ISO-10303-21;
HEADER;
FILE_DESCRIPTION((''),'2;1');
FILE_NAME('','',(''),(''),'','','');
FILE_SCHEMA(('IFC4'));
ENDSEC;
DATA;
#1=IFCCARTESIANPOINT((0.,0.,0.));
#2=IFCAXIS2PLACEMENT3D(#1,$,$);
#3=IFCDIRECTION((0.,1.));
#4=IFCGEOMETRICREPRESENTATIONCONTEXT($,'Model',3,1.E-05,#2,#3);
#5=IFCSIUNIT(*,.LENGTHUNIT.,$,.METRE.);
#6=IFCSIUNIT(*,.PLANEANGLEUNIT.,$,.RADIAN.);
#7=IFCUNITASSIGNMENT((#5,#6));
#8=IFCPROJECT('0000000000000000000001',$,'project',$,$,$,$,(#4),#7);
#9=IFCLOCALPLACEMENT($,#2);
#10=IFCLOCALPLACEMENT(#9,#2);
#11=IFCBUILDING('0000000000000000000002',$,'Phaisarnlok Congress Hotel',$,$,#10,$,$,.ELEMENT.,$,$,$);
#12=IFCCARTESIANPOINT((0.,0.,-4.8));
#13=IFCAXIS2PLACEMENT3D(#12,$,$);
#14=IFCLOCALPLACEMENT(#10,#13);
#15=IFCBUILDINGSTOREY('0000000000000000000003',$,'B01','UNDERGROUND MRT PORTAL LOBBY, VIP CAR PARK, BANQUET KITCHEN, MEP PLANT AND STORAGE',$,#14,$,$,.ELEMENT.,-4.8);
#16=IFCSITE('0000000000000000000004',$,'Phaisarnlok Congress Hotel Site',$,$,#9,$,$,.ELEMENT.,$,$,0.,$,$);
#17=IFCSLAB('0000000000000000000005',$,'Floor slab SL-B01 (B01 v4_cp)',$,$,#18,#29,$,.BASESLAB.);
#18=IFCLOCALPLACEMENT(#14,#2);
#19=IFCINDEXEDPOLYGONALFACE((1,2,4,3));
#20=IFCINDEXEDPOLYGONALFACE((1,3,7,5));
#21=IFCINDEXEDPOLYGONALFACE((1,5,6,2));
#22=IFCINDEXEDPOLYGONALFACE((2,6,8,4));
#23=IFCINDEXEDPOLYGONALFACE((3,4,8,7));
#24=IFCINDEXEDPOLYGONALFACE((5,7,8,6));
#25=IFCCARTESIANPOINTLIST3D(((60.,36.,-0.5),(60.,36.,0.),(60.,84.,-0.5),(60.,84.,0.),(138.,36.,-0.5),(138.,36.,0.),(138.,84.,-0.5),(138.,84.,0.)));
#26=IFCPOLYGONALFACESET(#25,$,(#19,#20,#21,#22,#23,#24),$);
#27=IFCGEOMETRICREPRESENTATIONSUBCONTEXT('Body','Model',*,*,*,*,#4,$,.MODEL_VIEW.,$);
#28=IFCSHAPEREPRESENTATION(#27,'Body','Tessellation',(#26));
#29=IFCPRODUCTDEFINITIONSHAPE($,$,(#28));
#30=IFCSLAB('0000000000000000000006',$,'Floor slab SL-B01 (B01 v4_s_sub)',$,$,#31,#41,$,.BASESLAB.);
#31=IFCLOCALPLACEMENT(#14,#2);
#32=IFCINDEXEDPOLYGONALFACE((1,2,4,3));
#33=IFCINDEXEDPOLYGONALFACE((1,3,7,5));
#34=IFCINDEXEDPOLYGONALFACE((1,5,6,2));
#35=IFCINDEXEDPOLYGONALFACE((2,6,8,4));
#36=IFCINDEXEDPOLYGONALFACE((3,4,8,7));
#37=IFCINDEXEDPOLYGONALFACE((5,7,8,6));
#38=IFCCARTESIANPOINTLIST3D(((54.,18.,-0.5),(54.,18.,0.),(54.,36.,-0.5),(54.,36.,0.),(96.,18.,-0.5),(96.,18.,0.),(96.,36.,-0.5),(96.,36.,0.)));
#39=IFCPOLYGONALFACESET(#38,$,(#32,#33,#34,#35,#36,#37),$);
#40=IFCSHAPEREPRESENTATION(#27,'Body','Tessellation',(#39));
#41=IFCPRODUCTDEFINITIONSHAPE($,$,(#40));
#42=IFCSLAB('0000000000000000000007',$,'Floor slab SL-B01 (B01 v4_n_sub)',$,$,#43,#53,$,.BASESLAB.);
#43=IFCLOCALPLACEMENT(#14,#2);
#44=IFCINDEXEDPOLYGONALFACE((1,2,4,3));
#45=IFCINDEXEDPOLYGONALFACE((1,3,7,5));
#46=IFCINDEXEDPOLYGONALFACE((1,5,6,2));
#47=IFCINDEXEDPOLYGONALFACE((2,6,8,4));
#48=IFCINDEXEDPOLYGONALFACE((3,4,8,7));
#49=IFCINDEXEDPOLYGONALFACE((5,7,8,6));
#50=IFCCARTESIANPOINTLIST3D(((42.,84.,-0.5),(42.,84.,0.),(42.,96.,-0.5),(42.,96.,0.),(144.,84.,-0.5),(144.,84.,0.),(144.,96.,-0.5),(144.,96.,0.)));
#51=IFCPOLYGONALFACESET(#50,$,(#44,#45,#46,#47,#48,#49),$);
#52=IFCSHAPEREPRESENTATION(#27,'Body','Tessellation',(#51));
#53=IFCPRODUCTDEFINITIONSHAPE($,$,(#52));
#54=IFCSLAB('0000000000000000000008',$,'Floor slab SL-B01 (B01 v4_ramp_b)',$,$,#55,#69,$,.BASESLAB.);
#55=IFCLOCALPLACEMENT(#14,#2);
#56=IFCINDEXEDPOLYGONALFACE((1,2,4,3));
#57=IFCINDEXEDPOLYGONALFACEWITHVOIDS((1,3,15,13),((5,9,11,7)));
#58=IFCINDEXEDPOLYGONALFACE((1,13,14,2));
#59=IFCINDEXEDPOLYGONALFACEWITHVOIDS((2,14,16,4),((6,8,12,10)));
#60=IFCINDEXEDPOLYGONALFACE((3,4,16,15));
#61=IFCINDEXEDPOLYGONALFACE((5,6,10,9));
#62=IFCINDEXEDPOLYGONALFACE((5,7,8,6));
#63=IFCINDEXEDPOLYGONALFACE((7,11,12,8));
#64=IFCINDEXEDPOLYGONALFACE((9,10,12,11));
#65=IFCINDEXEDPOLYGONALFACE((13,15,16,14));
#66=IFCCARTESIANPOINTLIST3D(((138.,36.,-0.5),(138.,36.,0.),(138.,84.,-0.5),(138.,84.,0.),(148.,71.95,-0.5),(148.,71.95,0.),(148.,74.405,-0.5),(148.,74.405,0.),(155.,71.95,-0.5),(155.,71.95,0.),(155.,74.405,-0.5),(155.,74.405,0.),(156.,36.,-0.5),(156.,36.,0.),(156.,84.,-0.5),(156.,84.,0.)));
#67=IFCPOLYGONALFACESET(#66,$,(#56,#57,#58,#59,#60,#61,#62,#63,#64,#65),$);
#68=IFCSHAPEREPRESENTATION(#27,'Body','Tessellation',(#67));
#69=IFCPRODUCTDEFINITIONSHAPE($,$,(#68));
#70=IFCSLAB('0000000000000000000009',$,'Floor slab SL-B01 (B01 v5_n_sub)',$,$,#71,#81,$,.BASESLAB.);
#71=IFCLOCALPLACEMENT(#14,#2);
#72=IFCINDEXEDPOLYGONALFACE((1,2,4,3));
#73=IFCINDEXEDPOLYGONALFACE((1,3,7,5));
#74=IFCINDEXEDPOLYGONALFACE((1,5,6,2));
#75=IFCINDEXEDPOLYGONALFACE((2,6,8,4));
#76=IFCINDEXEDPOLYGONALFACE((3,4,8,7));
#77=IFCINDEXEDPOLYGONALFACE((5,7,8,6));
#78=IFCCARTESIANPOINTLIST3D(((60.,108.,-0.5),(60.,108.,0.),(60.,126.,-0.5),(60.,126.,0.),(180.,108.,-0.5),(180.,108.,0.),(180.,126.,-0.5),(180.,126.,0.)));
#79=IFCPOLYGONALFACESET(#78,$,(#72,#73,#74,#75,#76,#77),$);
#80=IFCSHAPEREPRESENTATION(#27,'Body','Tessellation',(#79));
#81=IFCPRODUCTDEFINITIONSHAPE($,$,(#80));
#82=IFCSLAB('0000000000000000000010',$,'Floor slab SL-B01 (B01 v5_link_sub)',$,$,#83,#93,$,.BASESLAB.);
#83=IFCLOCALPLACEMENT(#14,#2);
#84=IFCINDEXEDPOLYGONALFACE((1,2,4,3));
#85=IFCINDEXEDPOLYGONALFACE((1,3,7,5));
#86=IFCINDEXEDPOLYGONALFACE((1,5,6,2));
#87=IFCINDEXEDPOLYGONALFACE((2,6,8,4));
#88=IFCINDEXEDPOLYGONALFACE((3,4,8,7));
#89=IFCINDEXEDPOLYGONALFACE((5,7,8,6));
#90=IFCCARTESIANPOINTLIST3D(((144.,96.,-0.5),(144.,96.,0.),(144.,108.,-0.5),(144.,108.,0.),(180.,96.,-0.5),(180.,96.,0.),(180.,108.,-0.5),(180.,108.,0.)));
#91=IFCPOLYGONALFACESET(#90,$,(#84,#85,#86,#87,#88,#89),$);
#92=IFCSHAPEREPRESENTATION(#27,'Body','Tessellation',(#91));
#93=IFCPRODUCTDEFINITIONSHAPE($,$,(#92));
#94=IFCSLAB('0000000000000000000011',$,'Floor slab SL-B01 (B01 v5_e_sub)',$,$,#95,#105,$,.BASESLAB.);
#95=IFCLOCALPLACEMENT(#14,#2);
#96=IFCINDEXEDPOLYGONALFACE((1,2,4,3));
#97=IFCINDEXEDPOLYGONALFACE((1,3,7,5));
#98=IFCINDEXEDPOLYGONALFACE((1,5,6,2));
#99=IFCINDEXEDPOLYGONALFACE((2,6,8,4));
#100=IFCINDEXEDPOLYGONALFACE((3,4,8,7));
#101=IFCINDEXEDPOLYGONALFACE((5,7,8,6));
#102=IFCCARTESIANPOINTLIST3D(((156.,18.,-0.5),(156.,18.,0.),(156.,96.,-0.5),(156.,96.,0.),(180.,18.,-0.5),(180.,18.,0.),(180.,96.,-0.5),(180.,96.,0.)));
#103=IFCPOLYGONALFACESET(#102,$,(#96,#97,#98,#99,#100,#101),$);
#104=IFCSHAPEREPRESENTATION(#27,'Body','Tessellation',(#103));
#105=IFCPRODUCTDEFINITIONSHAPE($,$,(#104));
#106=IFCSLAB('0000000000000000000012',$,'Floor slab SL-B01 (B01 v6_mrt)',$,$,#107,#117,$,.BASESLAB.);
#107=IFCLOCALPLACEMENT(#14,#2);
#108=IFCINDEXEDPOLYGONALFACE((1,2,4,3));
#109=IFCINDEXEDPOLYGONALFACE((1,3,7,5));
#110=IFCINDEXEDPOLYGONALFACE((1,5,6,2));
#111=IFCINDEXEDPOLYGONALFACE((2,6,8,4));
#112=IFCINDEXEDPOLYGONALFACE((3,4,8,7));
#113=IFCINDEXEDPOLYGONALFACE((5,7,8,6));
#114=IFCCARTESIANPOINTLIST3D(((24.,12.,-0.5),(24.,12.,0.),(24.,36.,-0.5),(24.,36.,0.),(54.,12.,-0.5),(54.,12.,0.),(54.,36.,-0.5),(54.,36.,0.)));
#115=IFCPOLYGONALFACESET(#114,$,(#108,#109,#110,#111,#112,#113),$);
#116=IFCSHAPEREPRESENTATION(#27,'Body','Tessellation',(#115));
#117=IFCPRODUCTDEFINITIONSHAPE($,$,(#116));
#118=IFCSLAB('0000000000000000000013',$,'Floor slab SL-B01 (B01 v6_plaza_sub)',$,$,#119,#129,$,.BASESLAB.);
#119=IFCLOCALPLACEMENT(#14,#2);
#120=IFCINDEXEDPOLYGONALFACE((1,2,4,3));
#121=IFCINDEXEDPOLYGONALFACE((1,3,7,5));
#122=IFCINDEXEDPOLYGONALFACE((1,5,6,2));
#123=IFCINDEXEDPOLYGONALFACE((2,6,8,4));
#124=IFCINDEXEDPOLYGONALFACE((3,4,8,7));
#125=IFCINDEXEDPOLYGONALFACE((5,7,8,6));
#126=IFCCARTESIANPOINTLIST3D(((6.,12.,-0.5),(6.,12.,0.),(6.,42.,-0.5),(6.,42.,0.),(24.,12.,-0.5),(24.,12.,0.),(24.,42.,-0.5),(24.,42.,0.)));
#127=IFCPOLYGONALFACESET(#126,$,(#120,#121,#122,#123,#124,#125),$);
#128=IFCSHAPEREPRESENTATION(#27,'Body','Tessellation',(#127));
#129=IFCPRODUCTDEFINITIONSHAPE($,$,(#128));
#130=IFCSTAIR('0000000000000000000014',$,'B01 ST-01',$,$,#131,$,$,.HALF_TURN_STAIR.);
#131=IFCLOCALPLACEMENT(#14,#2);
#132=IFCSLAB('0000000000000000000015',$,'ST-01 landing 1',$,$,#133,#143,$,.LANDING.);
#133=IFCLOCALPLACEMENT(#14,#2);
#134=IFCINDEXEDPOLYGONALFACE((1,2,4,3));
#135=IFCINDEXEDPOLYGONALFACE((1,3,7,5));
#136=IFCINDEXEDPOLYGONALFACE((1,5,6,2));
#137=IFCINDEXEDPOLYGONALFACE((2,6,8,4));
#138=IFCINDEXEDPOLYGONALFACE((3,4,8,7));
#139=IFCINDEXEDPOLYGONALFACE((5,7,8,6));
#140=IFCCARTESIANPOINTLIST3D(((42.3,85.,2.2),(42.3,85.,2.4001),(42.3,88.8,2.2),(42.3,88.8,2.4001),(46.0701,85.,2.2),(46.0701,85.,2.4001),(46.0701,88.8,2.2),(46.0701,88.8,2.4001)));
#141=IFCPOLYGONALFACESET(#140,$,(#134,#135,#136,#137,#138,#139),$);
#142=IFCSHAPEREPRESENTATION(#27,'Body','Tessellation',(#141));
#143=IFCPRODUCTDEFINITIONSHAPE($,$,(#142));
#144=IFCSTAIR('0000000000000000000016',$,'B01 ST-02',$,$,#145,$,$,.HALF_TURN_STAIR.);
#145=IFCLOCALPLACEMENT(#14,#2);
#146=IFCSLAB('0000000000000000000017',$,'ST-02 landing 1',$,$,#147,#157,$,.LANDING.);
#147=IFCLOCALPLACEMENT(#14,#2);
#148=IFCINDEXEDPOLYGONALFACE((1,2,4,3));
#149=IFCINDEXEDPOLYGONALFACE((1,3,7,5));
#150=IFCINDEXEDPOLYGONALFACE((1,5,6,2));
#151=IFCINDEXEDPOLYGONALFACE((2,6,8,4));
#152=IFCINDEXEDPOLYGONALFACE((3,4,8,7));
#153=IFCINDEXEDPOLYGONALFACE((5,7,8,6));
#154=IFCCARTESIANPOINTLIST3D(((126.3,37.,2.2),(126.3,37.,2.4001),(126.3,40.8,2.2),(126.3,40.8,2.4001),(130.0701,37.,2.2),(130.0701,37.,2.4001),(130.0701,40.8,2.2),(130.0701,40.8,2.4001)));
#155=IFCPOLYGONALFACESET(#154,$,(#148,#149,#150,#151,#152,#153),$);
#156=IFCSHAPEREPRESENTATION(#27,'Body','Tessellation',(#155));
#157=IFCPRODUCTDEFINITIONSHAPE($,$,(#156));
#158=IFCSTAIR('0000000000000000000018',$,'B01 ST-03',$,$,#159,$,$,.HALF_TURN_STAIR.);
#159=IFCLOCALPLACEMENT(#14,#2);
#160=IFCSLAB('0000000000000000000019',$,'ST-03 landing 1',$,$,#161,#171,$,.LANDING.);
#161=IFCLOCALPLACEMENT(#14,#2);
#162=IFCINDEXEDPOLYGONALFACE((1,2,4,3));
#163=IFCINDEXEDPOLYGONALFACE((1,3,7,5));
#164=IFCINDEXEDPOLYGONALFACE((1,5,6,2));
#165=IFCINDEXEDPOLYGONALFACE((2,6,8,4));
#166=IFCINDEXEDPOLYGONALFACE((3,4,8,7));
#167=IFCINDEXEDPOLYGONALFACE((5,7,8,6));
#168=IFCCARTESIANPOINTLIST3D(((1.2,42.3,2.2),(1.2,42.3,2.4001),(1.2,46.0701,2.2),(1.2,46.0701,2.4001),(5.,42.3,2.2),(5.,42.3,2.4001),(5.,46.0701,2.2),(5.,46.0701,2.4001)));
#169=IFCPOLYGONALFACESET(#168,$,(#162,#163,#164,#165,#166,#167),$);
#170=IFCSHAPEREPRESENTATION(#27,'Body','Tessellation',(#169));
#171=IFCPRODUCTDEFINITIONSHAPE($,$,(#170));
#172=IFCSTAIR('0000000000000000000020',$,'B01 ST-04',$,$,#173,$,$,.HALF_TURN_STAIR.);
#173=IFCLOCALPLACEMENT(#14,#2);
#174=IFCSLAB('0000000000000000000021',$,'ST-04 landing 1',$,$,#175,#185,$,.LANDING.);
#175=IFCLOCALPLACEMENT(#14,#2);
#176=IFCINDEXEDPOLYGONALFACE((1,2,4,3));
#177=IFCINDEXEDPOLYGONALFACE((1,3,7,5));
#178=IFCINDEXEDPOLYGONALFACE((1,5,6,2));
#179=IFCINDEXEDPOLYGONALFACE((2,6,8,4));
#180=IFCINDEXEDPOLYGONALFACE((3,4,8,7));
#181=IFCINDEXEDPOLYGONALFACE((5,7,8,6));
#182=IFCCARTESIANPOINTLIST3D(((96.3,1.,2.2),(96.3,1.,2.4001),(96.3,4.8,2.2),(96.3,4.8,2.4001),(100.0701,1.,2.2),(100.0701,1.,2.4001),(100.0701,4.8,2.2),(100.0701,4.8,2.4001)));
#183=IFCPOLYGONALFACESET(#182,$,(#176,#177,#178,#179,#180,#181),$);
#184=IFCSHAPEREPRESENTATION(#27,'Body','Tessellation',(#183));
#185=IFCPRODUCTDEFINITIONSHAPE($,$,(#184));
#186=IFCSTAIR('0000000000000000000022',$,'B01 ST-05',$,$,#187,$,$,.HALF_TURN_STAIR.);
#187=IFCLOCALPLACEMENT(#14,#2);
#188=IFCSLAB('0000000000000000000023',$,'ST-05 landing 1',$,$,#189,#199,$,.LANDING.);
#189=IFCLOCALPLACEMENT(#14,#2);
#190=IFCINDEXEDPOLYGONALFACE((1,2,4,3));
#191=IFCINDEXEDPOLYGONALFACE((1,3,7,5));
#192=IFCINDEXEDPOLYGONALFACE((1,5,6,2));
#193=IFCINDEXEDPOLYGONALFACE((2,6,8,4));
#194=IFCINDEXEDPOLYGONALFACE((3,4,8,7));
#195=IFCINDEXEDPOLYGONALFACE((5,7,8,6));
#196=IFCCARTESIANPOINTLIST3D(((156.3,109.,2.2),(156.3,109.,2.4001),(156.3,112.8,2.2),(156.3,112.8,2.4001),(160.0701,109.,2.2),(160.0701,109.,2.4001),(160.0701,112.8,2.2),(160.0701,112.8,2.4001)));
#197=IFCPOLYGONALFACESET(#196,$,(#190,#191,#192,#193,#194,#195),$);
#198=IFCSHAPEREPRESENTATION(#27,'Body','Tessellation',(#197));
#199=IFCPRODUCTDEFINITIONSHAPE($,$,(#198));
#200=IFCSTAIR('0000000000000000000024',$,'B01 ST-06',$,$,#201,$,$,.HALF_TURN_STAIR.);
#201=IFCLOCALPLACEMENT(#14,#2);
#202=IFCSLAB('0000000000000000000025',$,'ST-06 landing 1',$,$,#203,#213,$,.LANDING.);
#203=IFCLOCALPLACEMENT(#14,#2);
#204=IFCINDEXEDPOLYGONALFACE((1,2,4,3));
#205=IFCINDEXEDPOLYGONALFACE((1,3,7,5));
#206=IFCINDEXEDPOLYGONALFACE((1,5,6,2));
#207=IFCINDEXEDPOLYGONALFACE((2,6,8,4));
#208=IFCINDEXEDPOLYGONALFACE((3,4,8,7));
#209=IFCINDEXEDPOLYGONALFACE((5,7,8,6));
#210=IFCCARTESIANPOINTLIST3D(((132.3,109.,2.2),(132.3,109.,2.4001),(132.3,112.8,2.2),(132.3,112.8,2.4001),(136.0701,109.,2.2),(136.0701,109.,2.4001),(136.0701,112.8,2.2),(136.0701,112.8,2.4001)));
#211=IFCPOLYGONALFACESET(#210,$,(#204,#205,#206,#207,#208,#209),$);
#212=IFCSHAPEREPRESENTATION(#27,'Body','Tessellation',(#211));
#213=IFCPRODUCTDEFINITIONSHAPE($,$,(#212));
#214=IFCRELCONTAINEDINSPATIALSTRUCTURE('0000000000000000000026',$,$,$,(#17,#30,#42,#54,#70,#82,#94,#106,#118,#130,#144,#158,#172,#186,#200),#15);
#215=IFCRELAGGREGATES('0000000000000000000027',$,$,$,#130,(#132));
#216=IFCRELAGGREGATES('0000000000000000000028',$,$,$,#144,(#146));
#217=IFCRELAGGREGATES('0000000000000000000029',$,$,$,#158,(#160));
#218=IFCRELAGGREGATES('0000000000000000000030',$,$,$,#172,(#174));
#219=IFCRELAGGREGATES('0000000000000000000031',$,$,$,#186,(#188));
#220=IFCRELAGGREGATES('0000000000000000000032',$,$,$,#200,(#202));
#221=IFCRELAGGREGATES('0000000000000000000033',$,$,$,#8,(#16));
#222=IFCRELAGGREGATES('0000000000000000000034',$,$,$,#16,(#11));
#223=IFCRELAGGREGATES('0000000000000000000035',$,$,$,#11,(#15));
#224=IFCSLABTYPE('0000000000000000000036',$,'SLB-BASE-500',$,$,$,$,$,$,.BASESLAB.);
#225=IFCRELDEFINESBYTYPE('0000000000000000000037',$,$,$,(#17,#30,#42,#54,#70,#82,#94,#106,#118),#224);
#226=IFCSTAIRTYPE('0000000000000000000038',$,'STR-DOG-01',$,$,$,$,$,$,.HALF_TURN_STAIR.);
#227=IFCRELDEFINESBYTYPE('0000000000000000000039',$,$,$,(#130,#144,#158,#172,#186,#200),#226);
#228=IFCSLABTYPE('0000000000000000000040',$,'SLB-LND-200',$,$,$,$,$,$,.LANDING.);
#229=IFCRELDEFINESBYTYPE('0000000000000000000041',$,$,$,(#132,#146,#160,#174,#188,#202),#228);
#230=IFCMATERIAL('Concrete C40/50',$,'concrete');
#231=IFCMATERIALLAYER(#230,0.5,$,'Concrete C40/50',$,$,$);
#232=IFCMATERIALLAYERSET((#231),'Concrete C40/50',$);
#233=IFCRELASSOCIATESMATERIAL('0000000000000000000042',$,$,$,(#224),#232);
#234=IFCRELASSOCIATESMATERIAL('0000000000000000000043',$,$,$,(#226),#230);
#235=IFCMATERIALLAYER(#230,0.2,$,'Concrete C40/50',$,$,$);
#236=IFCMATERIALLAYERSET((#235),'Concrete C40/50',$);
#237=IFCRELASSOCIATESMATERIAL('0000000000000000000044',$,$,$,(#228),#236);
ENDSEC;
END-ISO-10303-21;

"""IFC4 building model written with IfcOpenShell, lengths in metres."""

from ifc_helpers import new_model, si_unit, direction, frame, origin, place, context, subcontext, project, spatial, polyline, outline, extrude, material, layer, layer_set, type_object, element, aggregate, save


model = new_model("IFC4")

# Units and contexts
model_context = context("Model", 3, precision=1e-05, world=origin(), true_north=direction((0.0, 1.0)))
body_context = subcontext(model_context, "Body", "Model", "MODEL_VIEW")
ifc_project = project(units=[si_unit("LENGTHUNIT", "METRE"), si_unit("PLANEANGLEUNIT", "RADIAN")], contexts=[model_context])

# Site, building, storey
site_placement = place(None, origin())
site = spatial("IfcSite", under=ifc_project, at=site_placement, Name="Phaisarnlok Congress Hotel Site", CompositionType="ELEMENT", RefElevation=0.0)
building_placement = place(site_placement, origin())
building = spatial("IfcBuilding", under=site, at=building_placement, Name="Phaisarnlok Congress Hotel", CompositionType="ELEMENT")
storey_placement = place(building_placement, frame((0.0, 0.0, -4.8)))
storey = spatial("IfcBuildingStorey", under=building, at=storey_placement, Name="B01", Description="UNDERGROUND MRT PORTAL LOBBY, VIP CAR PARK, BANQUET KITCHEN, MEP PLANT AND STORAGE", CompositionType="ELEMENT", Elevation=-4.8)

# Shared definitions
ifc_material_1 = material(Name="Concrete C40/50", Category="concrete")

# Slabs
ifc_layer_1 = layer(ifc_material_1, 0.5, Name="Concrete C40/50")
ifc_layer_set_1 = layer_set([ifc_layer_1], Name="Concrete C40/50")
slab_type_1 = type_object("IfcSlabType", Name="SLB-BASE-500", PredefinedType="BASESLAB", material=ifc_layer_set_1)
slab_1_placement = place(storey_placement, frame((0.0, 0.0, -0.5)))
element("IfcSlab", 1, at=slab_1_placement, inside=storey, type_object=slab_type_1, Name="Floor slab SL-B01 (B01 v4_cp)", PredefinedType="BASESLAB", context=body_context, shape_type="SweptSolid", body=[
    extrude(outline(polyline([(138.0, 36.0), (138.0, 84.0), (60.0, 84.0), (60.0, 36.0), (138.0, 36.0)])), origin(), (0.0, 0.0, 1.0), 0.5),
])
slab_2_placement = place(storey_placement, frame((0.0, 0.0, -0.5)))
element("IfcSlab", 2, at=slab_2_placement, inside=storey, type_object=slab_type_1, Name="Floor slab SL-B01 (B01 v4_s_sub)", PredefinedType="BASESLAB", context=body_context, shape_type="SweptSolid", body=[
    extrude(outline(polyline([(96.0, 18.0), (96.0, 36.0), (54.0, 36.0), (54.0, 18.0), (96.0, 18.0)])), origin(), (0.0, 0.0, 1.0), 0.5),
])
slab_3_placement = place(storey_placement, frame((0.0, 0.0, -0.5)))
element("IfcSlab", 3, at=slab_3_placement, inside=storey, type_object=slab_type_1, Name="Floor slab SL-B01 (B01 v4_n_sub)", PredefinedType="BASESLAB", context=body_context, shape_type="SweptSolid", body=[
    extrude(outline(polyline([(144.0, 84.0), (144.0, 96.0), (42.0, 96.0), (42.0, 84.0), (144.0, 84.0)])), origin(), (0.0, 0.0, 1.0), 0.5),
])
slab_4_placement = place(storey_placement, frame((0.0, 0.0, -0.5)))
element("IfcSlab", 4, at=slab_4_placement, inside=storey, type_object=slab_type_1, Name="Floor slab SL-B01 (B01 v4_ramp_b)", PredefinedType="BASESLAB", context=body_context, shape_type="SweptSolid", body=[
    extrude(outline(polyline([(156.0, 36.0), (156.0, 84.0), (138.0, 84.0), (138.0, 36.0), (156.0, 36.0)]), holes=[polyline([(148.0, 71.95), (155.0, 71.95), (155.0, 74.405), (148.0, 74.405), (148.0, 71.95)])]), origin(), (0.0, 0.0, 1.0), 0.5),
])
slab_5_placement = place(storey_placement, frame((0.0, 0.0, -0.5)))
element("IfcSlab", 5, at=slab_5_placement, inside=storey, type_object=slab_type_1, Name="Floor slab SL-B01 (B01 v5_n_sub)", PredefinedType="BASESLAB", context=body_context, shape_type="SweptSolid", body=[
    extrude(outline(polyline([(180.0, 108.0), (180.0, 126.0), (60.0, 126.0), (60.0, 108.0), (180.0, 108.0)])), origin(), (0.0, 0.0, 1.0), 0.5),
])
slab_6_placement = place(storey_placement, frame((0.0, 0.0, -0.5)))
element("IfcSlab", 6, at=slab_6_placement, inside=storey, type_object=slab_type_1, Name="Floor slab SL-B01 (B01 v5_link_sub)", PredefinedType="BASESLAB", context=body_context, shape_type="SweptSolid", body=[
    extrude(outline(polyline([(180.0, 96.0), (180.0, 108.0), (144.0, 108.0), (144.0, 96.0), (180.0, 96.0)])), origin(), (0.0, 0.0, 1.0), 0.5),
])
slab_7_placement = place(storey_placement, frame((0.0, 0.0, -0.5)))
element("IfcSlab", 7, at=slab_7_placement, inside=storey, type_object=slab_type_1, Name="Floor slab SL-B01 (B01 v5_e_sub)", PredefinedType="BASESLAB", context=body_context, shape_type="SweptSolid", body=[
    extrude(outline(polyline([(180.0, 18.0), (180.0, 96.0), (156.0, 96.0), (156.0, 18.0), (180.0, 18.0)])), origin(), (0.0, 0.0, 1.0), 0.5),
])
slab_8_placement = place(storey_placement, frame((0.0, 0.0, -0.5)))
element("IfcSlab", 8, at=slab_8_placement, inside=storey, type_object=slab_type_1, Name="Floor slab SL-B01 (B01 v6_mrt)", PredefinedType="BASESLAB", context=body_context, shape_type="SweptSolid", body=[
    extrude(outline(polyline([(54.0, 12.0), (54.0, 36.0), (24.0, 36.0), (24.0, 12.0), (54.0, 12.0)])), origin(), (0.0, 0.0, 1.0), 0.5),
])
slab_9_placement = place(storey_placement, frame((0.0, 0.0, -0.5)))
element("IfcSlab", 9, at=slab_9_placement, inside=storey, type_object=slab_type_1, Name="Floor slab SL-B01 (B01 v6_plaza_sub)", PredefinedType="BASESLAB", context=body_context, shape_type="SweptSolid", body=[
    extrude(outline(polyline([(24.0, 12.0), (24.0, 42.0), (6.0, 42.0), (6.0, 12.0), (24.0, 12.0)])), origin(), (0.0, 0.0, 1.0), 0.5),
])

# Stairs, slabs
stair_type = type_object("IfcStairType", Name="STR-DOG-01", PredefinedType="HALF_TURN_STAIR", material=ifc_material_1)
stair_1_placement = place(storey_placement, origin())
stair_1 = element("IfcStair", 10, at=stair_1_placement, inside=storey, type_object=stair_type, Name="B01 ST-01", PredefinedType="HALF_TURN_STAIR")
ifc_layer_2 = layer(ifc_material_1, 0.2, Name="Concrete C40/50")
ifc_layer_set_2 = layer_set([ifc_layer_2], Name="Concrete C40/50")
slab_type_2 = type_object("IfcSlabType", Name="SLB-LND-200", PredefinedType="LANDING", material=ifc_layer_set_2)
slab_10_placement = place(storey_placement, frame((0.0, 0.0, 2.2)))
slab_10 = element("IfcSlab", 11, at=slab_10_placement, type_object=slab_type_2, Name="ST-01 landing 1", PredefinedType="LANDING", context=body_context, shape_type="SweptSolid", body=[
    extrude(outline(polyline([(46.0701, 88.8), (42.3, 88.8), (42.3, 85.0), (46.0701, 85.0), (46.0701, 88.8)])), origin(), (0.0, 0.0, 1.0), 0.2002),
])
aggregate(stair_1, [slab_10])
stair_2_placement = place(storey_placement, origin())
stair_2 = element("IfcStair", 12, at=stair_2_placement, inside=storey, type_object=stair_type, Name="B01 ST-02", PredefinedType="HALF_TURN_STAIR")
slab_11_placement = place(storey_placement, frame((0.0, 0.0, 2.2)))
slab_11 = element("IfcSlab", 13, at=slab_11_placement, type_object=slab_type_2, Name="ST-02 landing 1", PredefinedType="LANDING", context=body_context, shape_type="SweptSolid", body=[
    extrude(outline(polyline([(130.0701, 40.8), (126.3, 40.8), (126.3, 37.0), (130.0701, 37.0), (130.0701, 40.8)])), origin(), (0.0, 0.0, 1.0), 0.2002),
])
aggregate(stair_2, [slab_11])
stair_3_placement = place(storey_placement, origin())
stair_3 = element("IfcStair", 14, at=stair_3_placement, inside=storey, type_object=stair_type, Name="B01 ST-03", PredefinedType="HALF_TURN_STAIR")
slab_12_placement = place(storey_placement, frame((0.0, 0.0, 2.2)))
slab_12 = element("IfcSlab", 15, at=slab_12_placement, type_object=slab_type_2, Name="ST-03 landing 1", PredefinedType="LANDING", context=body_context, shape_type="SweptSolid", body=[
    extrude(outline(polyline([(1.2, 46.0701), (1.2, 42.3), (5.0, 42.3), (5.0, 46.0701), (1.2, 46.0701)])), origin(), (0.0, 0.0, 1.0), 0.2002),
])
aggregate(stair_3, [slab_12])
stair_4_placement = place(storey_placement, origin())
stair_4 = element("IfcStair", 16, at=stair_4_placement, inside=storey, type_object=stair_type, Name="B01 ST-04", PredefinedType="HALF_TURN_STAIR")
slab_13_placement = place(storey_placement, frame((0.0, 0.0, 2.2)))
slab_13 = element("IfcSlab", 17, at=slab_13_placement, type_object=slab_type_2, Name="ST-04 landing 1", PredefinedType="LANDING", context=body_context, shape_type="SweptSolid", body=[
    extrude(outline(polyline([(100.0701, 4.8), (96.3, 4.8), (96.3, 1.0), (100.0701, 1.0), (100.0701, 4.8)])), origin(), (0.0, 0.0, 1.0), 0.2002),
])
aggregate(stair_4, [slab_13])
stair_5_placement = place(storey_placement, origin())
stair_5 = element("IfcStair", 18, at=stair_5_placement, inside=storey, type_object=stair_type, Name="B01 ST-05", PredefinedType="HALF_TURN_STAIR")
slab_14_placement = place(storey_placement, frame((0.0, 0.0, 2.2)))
slab_14 = element("IfcSlab", 19, at=slab_14_placement, type_object=slab_type_2, Name="ST-05 landing 1", PredefinedType="LANDING", context=body_context, shape_type="SweptSolid", body=[
    extrude(outline(polyline([(160.0701, 112.8), (156.3, 112.8), (156.3, 109.0), (160.0701, 109.0), (160.0701, 112.8)])), origin(), (0.0, 0.0, 1.0), 0.2002),
])
aggregate(stair_5, [slab_14])
stair_6_placement = place(storey_placement, origin())
stair_6 = element("IfcStair", 20, at=stair_6_placement, inside=storey, type_object=stair_type, Name="B01 ST-06", PredefinedType="HALF_TURN_STAIR")
slab_15_placement = place(storey_placement, frame((0.0, 0.0, 2.2)))
slab_15 = element("IfcSlab", 21, at=slab_15_placement, type_object=slab_type_2, Name="ST-06 landing 1", PredefinedType="LANDING", context=body_context, shape_type="SweptSolid", body=[
    extrude(outline(polyline([(136.0701, 112.8), (132.3, 112.8), (132.3, 109.0), (136.0701, 109.0), (136.0701, 112.8)])), origin(), (0.0, 0.0, 1.0), 0.2002),
])
aggregate(stair_6, [slab_15])

save(model, "model.ifc")
